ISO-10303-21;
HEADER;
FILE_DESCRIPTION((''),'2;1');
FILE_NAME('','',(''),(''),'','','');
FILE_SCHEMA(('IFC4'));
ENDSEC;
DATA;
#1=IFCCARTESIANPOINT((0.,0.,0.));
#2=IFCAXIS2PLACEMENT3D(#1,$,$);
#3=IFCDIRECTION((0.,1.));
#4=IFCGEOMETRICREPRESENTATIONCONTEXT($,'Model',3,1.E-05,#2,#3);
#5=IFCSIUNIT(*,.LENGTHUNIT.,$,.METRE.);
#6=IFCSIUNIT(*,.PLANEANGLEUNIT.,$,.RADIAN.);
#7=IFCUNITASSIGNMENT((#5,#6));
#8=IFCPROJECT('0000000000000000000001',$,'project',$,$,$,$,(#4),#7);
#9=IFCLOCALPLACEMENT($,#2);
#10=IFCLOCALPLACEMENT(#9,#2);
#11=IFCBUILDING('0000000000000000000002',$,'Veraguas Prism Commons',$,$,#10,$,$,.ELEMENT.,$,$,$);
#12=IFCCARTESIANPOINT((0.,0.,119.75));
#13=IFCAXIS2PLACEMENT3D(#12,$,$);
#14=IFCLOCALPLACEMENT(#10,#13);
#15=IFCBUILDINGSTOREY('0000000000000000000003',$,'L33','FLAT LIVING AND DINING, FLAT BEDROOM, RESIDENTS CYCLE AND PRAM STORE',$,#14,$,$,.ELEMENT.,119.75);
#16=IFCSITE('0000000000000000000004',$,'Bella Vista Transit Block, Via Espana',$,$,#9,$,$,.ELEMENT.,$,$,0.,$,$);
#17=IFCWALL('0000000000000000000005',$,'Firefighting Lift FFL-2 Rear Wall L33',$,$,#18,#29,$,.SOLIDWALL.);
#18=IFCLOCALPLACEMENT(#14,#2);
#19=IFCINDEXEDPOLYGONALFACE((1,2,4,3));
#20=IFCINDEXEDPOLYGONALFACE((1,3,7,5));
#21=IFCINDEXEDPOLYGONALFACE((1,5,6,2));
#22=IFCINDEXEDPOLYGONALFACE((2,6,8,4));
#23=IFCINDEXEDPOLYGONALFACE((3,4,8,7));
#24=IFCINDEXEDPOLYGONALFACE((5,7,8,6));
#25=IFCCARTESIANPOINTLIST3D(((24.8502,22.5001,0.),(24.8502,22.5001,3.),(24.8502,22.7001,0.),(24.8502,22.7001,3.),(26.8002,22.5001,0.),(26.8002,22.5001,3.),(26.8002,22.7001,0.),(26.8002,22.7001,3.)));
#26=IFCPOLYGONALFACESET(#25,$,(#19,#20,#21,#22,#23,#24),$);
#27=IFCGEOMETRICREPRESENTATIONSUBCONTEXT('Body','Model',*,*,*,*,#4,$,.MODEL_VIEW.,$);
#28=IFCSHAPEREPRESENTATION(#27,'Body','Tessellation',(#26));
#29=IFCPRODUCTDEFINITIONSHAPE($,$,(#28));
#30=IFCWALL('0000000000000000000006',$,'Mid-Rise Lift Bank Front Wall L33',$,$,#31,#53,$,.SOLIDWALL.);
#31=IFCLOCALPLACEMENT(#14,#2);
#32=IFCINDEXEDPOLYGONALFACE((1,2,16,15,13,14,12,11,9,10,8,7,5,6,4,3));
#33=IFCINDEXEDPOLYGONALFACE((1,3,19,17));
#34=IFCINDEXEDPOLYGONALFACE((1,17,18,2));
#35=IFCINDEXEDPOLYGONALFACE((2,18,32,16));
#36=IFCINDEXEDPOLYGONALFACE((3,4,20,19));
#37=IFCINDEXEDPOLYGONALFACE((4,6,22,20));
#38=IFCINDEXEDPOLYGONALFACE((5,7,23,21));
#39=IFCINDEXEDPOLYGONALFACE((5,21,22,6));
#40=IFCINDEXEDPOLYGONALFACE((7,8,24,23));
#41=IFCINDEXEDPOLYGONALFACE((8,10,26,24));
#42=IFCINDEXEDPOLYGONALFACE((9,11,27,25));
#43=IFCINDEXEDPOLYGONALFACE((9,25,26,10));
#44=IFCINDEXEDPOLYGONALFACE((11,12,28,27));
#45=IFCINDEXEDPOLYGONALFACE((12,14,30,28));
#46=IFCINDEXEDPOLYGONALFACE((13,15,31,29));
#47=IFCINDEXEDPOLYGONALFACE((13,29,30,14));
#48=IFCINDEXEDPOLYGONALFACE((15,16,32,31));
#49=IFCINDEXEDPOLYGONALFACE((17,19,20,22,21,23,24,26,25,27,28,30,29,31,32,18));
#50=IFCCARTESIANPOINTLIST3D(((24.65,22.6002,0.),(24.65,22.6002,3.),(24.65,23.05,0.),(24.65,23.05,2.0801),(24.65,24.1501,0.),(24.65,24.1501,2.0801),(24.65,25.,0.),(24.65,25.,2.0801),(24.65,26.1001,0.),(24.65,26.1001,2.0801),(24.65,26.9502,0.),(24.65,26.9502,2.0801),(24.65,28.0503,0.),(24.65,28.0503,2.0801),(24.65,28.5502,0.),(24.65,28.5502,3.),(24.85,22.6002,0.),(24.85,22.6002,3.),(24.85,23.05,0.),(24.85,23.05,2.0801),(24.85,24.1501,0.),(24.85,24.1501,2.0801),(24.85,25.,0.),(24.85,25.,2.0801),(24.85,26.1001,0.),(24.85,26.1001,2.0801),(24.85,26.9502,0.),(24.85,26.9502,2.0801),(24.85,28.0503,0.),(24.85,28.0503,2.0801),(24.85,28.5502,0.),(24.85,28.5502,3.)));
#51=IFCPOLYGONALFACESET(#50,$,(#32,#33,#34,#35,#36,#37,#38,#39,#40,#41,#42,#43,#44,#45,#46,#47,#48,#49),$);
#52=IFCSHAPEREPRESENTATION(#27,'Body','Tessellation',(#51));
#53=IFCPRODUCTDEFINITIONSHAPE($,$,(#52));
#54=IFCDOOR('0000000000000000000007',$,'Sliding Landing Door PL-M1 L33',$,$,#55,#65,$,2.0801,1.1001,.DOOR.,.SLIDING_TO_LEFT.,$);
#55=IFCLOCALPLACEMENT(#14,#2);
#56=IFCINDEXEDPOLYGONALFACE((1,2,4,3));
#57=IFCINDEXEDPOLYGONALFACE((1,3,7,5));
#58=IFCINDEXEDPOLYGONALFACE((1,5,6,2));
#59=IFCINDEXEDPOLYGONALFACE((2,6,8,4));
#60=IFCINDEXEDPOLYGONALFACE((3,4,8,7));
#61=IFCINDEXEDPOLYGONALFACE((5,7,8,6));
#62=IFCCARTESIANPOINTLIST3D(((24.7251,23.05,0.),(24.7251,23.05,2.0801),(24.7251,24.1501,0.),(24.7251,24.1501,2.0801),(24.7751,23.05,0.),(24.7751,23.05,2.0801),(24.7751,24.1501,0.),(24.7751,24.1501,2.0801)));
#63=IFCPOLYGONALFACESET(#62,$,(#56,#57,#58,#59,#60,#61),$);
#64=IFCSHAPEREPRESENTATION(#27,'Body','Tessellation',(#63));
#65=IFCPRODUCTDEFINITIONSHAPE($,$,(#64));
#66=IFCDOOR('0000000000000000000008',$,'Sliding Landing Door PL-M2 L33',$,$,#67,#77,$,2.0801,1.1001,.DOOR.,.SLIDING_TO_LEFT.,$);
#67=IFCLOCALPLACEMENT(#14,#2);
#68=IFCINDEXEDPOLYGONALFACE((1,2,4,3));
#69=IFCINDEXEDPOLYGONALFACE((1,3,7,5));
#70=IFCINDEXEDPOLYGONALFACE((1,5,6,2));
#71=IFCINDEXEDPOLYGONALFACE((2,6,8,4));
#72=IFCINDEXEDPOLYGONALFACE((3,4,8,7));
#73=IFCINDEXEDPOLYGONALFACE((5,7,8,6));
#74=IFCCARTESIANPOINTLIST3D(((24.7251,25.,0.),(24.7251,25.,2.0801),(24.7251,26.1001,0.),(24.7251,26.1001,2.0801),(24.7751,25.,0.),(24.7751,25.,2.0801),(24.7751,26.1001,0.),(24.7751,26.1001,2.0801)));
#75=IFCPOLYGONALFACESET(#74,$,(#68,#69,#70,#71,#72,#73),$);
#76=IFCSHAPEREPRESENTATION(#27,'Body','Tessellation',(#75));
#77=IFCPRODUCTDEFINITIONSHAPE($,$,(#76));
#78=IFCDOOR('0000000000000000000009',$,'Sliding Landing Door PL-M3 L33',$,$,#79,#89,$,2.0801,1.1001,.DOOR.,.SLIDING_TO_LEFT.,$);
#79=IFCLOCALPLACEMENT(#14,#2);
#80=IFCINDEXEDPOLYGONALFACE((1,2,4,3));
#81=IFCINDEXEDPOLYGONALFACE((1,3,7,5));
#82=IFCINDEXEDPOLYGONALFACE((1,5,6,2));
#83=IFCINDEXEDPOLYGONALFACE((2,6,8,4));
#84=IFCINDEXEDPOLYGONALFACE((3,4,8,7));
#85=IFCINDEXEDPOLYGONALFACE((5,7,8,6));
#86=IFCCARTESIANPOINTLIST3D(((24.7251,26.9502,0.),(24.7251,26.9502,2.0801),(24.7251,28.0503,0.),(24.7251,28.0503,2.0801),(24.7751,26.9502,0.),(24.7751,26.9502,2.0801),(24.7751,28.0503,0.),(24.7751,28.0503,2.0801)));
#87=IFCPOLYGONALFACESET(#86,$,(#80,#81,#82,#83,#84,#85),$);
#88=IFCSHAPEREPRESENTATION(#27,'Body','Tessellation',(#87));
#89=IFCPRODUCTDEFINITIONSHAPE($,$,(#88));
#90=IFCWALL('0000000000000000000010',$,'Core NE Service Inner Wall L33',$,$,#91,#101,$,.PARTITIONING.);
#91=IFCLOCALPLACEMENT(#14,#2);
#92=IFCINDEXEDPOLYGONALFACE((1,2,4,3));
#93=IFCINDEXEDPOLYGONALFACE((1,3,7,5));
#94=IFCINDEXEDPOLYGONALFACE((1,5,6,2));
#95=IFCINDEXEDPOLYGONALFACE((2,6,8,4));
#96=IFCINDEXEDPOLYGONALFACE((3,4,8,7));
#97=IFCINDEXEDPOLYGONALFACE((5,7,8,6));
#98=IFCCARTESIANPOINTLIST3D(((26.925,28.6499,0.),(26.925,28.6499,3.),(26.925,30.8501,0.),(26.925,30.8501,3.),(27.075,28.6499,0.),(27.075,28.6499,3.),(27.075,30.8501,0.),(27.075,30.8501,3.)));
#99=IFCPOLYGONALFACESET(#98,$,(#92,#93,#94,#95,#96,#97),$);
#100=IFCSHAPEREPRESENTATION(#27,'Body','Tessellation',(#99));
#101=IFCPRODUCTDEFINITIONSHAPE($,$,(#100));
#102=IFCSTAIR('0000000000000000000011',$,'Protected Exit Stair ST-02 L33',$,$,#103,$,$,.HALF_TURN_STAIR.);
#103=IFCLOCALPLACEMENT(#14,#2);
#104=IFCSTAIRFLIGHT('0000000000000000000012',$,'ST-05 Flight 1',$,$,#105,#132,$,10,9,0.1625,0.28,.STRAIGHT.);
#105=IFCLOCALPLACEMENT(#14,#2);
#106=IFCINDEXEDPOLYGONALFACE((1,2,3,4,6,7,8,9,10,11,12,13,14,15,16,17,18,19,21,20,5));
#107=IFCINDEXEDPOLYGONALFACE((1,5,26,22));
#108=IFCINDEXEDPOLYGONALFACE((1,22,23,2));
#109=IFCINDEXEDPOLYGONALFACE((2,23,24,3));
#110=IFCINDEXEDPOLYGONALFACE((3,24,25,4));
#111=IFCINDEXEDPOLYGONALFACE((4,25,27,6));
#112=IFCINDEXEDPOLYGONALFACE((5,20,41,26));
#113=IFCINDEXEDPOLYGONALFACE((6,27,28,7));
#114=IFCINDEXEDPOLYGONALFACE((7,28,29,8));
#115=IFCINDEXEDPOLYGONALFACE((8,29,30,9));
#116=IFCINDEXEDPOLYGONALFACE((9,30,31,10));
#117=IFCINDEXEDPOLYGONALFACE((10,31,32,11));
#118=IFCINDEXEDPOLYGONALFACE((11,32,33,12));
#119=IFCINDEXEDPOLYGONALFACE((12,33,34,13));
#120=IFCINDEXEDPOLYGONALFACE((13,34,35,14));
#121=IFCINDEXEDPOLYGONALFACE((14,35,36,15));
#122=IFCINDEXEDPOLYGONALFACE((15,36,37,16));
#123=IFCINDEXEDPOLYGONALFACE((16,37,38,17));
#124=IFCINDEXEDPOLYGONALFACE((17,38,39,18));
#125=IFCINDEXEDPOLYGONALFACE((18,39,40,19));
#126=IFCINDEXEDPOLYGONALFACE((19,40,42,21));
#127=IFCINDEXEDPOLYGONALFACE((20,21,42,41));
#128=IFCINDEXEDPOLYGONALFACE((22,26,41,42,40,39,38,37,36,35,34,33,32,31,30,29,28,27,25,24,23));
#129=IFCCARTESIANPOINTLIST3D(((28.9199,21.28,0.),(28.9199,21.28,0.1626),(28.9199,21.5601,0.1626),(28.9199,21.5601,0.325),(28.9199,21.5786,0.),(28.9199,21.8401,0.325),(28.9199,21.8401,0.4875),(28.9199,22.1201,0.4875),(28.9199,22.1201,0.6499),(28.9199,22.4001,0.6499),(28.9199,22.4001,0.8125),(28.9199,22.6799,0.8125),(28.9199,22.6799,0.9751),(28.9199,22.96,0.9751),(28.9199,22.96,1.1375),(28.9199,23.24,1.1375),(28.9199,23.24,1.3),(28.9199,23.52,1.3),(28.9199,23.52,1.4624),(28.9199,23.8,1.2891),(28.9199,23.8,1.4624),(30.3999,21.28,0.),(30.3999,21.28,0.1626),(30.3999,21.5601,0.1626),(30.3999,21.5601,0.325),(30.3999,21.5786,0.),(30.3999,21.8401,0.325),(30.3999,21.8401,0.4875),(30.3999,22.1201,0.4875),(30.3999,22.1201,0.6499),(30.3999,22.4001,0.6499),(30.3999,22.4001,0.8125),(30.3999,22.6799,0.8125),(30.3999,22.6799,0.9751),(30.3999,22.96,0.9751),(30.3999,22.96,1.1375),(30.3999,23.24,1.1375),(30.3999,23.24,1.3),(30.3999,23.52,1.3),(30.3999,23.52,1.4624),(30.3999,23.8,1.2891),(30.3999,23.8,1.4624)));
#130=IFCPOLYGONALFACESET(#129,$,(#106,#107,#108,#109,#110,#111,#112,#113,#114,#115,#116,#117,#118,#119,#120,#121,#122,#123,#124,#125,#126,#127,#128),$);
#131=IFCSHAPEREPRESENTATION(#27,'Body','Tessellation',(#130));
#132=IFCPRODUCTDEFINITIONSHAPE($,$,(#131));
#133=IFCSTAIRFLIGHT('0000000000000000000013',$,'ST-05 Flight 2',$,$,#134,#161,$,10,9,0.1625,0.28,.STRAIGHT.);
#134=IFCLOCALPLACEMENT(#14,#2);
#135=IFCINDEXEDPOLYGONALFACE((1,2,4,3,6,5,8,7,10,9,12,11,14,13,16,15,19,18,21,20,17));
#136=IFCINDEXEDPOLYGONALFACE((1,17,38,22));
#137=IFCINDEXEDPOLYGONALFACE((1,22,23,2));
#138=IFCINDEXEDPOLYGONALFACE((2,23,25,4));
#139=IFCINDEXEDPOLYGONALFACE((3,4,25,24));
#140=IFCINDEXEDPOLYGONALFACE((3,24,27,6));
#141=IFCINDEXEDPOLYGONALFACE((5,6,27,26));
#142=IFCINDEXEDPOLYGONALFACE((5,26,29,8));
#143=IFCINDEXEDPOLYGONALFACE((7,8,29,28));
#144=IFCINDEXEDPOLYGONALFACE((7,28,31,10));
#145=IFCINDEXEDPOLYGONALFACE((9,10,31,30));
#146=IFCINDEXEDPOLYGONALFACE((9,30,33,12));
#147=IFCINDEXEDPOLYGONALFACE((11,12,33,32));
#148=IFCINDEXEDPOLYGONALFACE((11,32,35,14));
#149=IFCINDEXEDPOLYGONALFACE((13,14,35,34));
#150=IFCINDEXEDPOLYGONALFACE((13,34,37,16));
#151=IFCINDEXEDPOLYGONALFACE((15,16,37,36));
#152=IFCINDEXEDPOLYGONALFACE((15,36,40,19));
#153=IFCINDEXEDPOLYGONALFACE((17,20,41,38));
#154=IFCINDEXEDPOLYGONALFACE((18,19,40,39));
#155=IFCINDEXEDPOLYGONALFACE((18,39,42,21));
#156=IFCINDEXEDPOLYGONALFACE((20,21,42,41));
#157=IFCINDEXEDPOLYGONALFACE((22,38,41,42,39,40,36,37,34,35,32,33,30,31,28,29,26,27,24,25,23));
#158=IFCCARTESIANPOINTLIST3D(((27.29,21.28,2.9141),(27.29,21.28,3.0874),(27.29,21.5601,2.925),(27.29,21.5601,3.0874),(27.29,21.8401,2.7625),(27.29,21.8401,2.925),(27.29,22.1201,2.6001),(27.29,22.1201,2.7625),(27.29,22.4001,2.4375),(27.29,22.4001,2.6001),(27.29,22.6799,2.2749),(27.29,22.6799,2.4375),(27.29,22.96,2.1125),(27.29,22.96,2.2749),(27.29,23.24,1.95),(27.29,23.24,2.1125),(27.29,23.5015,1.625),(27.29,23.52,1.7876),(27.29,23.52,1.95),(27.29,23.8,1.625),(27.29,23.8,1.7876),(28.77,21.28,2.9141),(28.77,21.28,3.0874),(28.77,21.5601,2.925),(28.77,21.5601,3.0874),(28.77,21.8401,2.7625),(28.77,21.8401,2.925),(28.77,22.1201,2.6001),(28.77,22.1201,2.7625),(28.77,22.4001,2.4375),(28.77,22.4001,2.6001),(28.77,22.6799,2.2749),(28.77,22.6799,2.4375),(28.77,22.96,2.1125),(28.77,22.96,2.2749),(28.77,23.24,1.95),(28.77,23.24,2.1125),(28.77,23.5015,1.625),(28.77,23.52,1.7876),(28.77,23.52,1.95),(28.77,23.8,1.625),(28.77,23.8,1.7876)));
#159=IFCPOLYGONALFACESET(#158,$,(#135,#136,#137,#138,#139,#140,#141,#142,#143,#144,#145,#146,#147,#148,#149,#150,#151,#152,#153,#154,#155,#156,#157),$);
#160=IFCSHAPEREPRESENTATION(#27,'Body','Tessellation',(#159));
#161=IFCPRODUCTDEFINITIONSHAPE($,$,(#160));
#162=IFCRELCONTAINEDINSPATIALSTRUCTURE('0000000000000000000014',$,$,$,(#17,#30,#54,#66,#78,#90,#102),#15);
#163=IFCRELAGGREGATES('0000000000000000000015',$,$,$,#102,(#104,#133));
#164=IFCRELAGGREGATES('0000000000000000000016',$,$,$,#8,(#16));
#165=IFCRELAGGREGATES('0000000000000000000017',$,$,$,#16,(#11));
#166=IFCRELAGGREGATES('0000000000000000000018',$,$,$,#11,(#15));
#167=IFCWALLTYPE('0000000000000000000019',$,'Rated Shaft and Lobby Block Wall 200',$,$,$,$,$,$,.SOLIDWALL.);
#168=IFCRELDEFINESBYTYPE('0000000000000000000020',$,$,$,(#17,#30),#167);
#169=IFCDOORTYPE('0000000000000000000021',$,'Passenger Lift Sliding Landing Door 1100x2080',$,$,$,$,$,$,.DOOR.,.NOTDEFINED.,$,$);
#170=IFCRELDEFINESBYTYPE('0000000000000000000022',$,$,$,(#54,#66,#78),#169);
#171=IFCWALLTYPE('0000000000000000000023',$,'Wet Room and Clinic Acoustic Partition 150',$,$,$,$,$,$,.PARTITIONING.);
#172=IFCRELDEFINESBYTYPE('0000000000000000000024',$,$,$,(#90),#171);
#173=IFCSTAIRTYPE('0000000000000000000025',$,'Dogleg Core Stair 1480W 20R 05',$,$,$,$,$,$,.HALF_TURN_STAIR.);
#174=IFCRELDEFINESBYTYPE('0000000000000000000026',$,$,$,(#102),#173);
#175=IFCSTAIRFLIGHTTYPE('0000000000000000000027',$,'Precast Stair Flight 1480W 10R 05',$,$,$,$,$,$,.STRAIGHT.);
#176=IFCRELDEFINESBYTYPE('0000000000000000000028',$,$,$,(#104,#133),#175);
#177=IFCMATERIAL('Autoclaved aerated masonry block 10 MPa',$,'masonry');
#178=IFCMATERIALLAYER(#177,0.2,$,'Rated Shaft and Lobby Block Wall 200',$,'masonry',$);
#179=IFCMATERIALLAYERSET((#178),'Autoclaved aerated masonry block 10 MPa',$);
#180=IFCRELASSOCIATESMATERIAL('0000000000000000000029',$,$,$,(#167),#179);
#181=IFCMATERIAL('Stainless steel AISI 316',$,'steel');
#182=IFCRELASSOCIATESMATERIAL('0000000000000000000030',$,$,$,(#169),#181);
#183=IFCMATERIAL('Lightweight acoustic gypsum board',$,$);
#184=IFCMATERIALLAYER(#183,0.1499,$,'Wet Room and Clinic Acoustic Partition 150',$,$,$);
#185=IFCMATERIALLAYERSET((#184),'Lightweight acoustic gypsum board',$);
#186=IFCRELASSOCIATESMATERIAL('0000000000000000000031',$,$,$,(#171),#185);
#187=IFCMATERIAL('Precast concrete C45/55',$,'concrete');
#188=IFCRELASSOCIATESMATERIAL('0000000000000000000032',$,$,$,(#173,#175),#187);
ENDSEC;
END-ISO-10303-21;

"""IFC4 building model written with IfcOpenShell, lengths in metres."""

from ifc_helpers import new_model, si_unit, direction, frame, frame_2d, origin, place, context, subcontext, project, spatial, polyline, rectangle, outline, extrude, source, transform, mapped, material, layer, layer_set, type_object, element, fill, aggregate, save


model = new_model("IFC4")

# Units and contexts
model_context = context("Model", 3, precision=1e-05, world=origin(), true_north=direction((0.0, 1.0)))
body_context = subcontext(model_context, "Body", "Model", "MODEL_VIEW")
ifc_project = project(units=[si_unit("LENGTHUNIT", "METRE"), si_unit("PLANEANGLEUNIT", "RADIAN")], contexts=[model_context])

# Site, building, storey
site_placement = place(None, origin())
site = spatial("IfcSite", under=ifc_project, at=site_placement, Name="Bella Vista Transit Block, Via Espana", CompositionType="ELEMENT", RefElevation=0.0)
building_placement = place(site_placement, origin())
building = spatial("IfcBuilding", under=site, at=building_placement, Name="Veraguas Prism Commons", CompositionType="ELEMENT")
storey_placement = place(building_placement, frame((0.0, 0.0, 119.75)))
storey = spatial("IfcBuildingStorey", under=building, at=storey_placement, Name="L33", Description="FLAT LIVING AND DINING, FLAT BEDROOM, RESIDENTS CYCLE AND PRAM STORE", CompositionType="ELEMENT", Elevation=119.75)

# Shared definitions
ifc_material_1 = material(Name="Autoclaved aerated masonry block 10 MPa", Category="masonry")

# Wall
ifc_material_2 = material(Name="Lightweight acoustic gypsum board")
ifc_layer_1 = layer(ifc_material_1, 0.2, Name="Rated Shaft and Lobby Block Wall 200", Category="masonry")
ifc_layer_set_1 = layer_set([ifc_layer_1], Name="Autoclaved aerated masonry block 10 MPa")
wall_type_1 = type_object("IfcWallType", Name="Rated Shaft and Lobby Block Wall 200", PredefinedType="SOLIDWALL", material=ifc_layer_set_1)
wall_1_placement = place(storey_placement, frame((24.8501, 22.6001, 0.0), z_axis=(0.0, 0.0, 1.0), x_axis=(1.0, 0.0, 0.0)))
element("IfcWall", 1, at=wall_1_placement, inside=storey, type_object=wall_type_1, Name="Firefighting Lift FFL-2 Rear Wall L33", PredefinedType="SOLIDWALL", context=body_context, shape_type="SweptSolid", body=[
    extrude(rectangle(XDim=1.95, YDim=0.2, at=frame_2d((0.9751, 0.0))), origin(), (0.0, 0.0, 1.0), 3.0),
])

# Wall, openings, doors
wall_2_placement = place(storey_placement, frame((24.75, 22.6001, 0.0), z_axis=(0.0, 0.0, 1.0), x_axis=(0.0, 1.0, 0.0)))
wall_2 = element("IfcWall", 2, at=wall_2_placement, inside=storey, type_object=wall_type_1, Name="Mid-Rise Lift Bank Front Wall L33", PredefinedType="SOLIDWALL", context=body_context, shape_type="SweptSolid", body=[
    extrude(rectangle(XDim=5.95, YDim=0.2, at=frame_2d((2.9751, 0.0))), origin(), (0.0, 0.0, 1.0), 3.0),
])
opening_1_placement = place(wall_2_placement, frame((0.45, 0.0, 0.0)))
opening_1 = element("IfcOpeningElement", 3, at=opening_1_placement, cuts=wall_2, PredefinedType="OPENING", context=body_context, shape_type="SweptSolid", body=[
    extrude(rectangle(XDim=1.1001, YDim=2.0801, at=frame_2d((0.55, 1.04))), frame((0.0, 0.1099, 0.0), z_axis=(0.0, -1.0, 0.0), x_axis=(1.0, 0.0, 0.0)), (0.0, 0.0, 1.0), 0.22),
])
opening_2_placement = place(wall_2_placement, frame((2.3999, 0.0, 0.0)))
opening_2 = element("IfcOpeningElement", 4, at=opening_2_placement, cuts=wall_2, PredefinedType="OPENING", context=body_context, shape_type="SweptSolid", body=[
    extrude(rectangle(XDim=1.1001, YDim=2.0801, at=frame_2d((0.55, 1.04))), frame((0.0, 0.1099, 0.0), z_axis=(0.0, -1.0, 0.0), x_axis=(1.0, 0.0, 0.0)), (0.0, 0.0, 1.0), 0.22),
])
opening_3_placement = place(wall_2_placement, frame((4.3501, 0.0, 0.0)))
opening_3 = element("IfcOpeningElement", 5, at=opening_3_placement, cuts=wall_2, PredefinedType="OPENING", context=body_context, shape_type="SweptSolid", body=[
    extrude(rectangle(XDim=1.1001, YDim=2.0801, at=frame_2d((0.55, 1.04))), frame((0.0, 0.1099, 0.0), z_axis=(0.0, -1.0, 0.0), x_axis=(1.0, 0.0, 0.0)), (0.0, 0.0, 1.0), 0.22),
])
ifc_material_3 = material(Name="Stainless steel AISI 316", Category="steel")
door_type_1 = type_object("IfcDoorType", Name="Passenger Lift Sliding Landing Door 1100x2080", OperationType="NOTDEFINED", PredefinedType="DOOR", material=ifc_material_3)
shared_shape_1 = source(origin(), body_context, "Body", "SweptSolid", [
    extrude(rectangle(XDim=1.1001, YDim=2.0801, at=frame_2d((0.55, 1.04))), frame((0.0, 0.0249, 0.0), z_axis=(0.0, -1.0, 0.0), x_axis=(1.0, 0.0, 0.0)), (0.0, 0.0, 1.0), 0.05),
])
door_1_placement = place(opening_1_placement, origin())
door_1 = element("IfcDoor", 6, at=door_1_placement, inside=storey, type_object=door_type_1, Name="Sliding Landing Door PL-M1 L33", OperationType="SLIDING_TO_LEFT", OverallHeight=2.0801, OverallWidth=1.1001, PredefinedType="DOOR", context=body_context, shape_type="MappedRepresentation", body=[
    mapped(shared_shape_1, transform((0.0, 0.0, 0.0), scale=1.0)),
])
fill(opening_1, door_1)
door_2_placement = place(opening_2_placement, origin())
door_2 = element("IfcDoor", 7, at=door_2_placement, inside=storey, type_object=door_type_1, Name="Sliding Landing Door PL-M2 L33", OperationType="SLIDING_TO_LEFT", OverallHeight=2.0801, OverallWidth=1.1001, PredefinedType="DOOR", context=body_context, shape_type="MappedRepresentation", body=[
    mapped(shared_shape_1, transform((0.0, 0.0, 0.0), scale=1.0)),
])
fill(opening_2, door_2)
door_3_placement = place(opening_3_placement, origin())
door_3 = element("IfcDoor", 8, at=door_3_placement, inside=storey, type_object=door_type_1, Name="Sliding Landing Door PL-M3 L33", OperationType="SLIDING_TO_LEFT", OverallHeight=2.0801, OverallWidth=1.1001, PredefinedType="DOOR", context=body_context, shape_type="MappedRepresentation", body=[
    mapped(shared_shape_1, transform((0.0, 0.0, 0.0), scale=1.0)),
])
fill(opening_3, door_3)

# Wall
ifc_layer_2 = layer(ifc_material_2, 0.1499, Name="Wet Room and Clinic Acoustic Partition 150")
ifc_layer_set_2 = layer_set([ifc_layer_2], Name="Lightweight acoustic gypsum board")
wall_type_2 = type_object("IfcWallType", Name="Wet Room and Clinic Acoustic Partition 150", PredefinedType="PARTITIONING", material=ifc_layer_set_2)
wall_3_placement = place(storey_placement, frame((27.0, 28.6499, 0.0), z_axis=(0.0, 0.0, 1.0), x_axis=(0.0, 1.0, 0.0)))
element("IfcWall", 9, at=wall_3_placement, inside=storey, type_object=wall_type_2, Name="Core NE Service Inner Wall L33", PredefinedType="PARTITIONING", context=body_context, shape_type="SweptSolid", body=[
    extrude(rectangle(XDim=2.2002, YDim=0.1499, at=frame_2d((1.1001, 0.0))), origin(), (0.0, 0.0, 1.0), 3.0),
])

# Stair, stair flights
ifc_material_4 = material(Name="Precast concrete C45/55", Category="concrete")
stair_type = type_object("IfcStairType", Name="Dogleg Core Stair 1480W 20R 05", PredefinedType="HALF_TURN_STAIR", material=ifc_material_4)
stair_placement = place(storey_placement, origin())
stair = element("IfcStair", 10, at=stair_placement, inside=storey, type_object=stair_type, Name="Protected Exit Stair ST-02 L33", PredefinedType="HALF_TURN_STAIR")
stair_flight_type = type_object("IfcStairFlightType", Name="Precast Stair Flight 1480W 10R 05", PredefinedType="STRAIGHT", material=ifc_material_4)
stair_flight_1_placement = place(storey_placement, frame((29.6599, 21.28, 0.0), z_axis=(0.0, 0.0, 1.0), x_axis=(0.0, 1.0, 0.0)))
stair_flight_1 = element("IfcStairFlight", 11, at=stair_flight_1_placement, type_object=stair_flight_type, Name="ST-05 Flight 1", NumberOfRisers=10, NumberOfTreads=9, PredefinedType="STRAIGHT", RiserHeight=0.1625, TreadLength=0.28, context=body_context, shape_type="SweptSolid", body=[
    extrude(outline(polyline([(0.0, 0.0), (0.0, 0.1626), (0.28, 0.1626), (0.28, 0.325), (0.5601, 0.325), (0.5601, 0.4875), (0.8401, 0.4875), (0.8401, 0.6499), (1.1201, 0.6499), (1.1201, 0.8125), (1.3999, 0.8125), (1.3999, 0.9751), (1.6799, 0.9751), (1.6799, 1.1375), (1.96, 1.1375), (1.96, 1.3), (2.24, 1.3), (2.24, 1.4624), (2.52, 1.4624), (2.52, 1.625), (2.52, 1.2891), (0.2986, 0.0), (0.0, 0.0)])), frame((0.0, 0.74, 0.0), z_axis=(0.0, -1.0, 0.0), x_axis=(1.0, 0.0, 0.0)), (0.0, 0.0, 1.0), 1.48),
])
stair_flight_2_placement = place(storey_placement, frame((28.03, 23.8, 1.625), z_axis=(0.0, 0.0, 1.0), x_axis=(0.0, -1.0, 0.0)))
stair_flight_2 = element("IfcStairFlight", 12, at=stair_flight_2_placement, type_object=stair_flight_type, Name="ST-05 Flight 2", NumberOfRisers=10, NumberOfTreads=9, PredefinedType="STRAIGHT", RiserHeight=0.1625, TreadLength=0.28, context=body_context, shape_type="SweptSolid", body=[
    extrude(outline(polyline([(0.0, 0.0), (0.0, 0.1626), (0.28, 0.1626), (0.28, 0.325), (0.5601, 0.325), (0.5601, 0.4875), (0.8401, 0.4875), (0.8401, 0.6499), (1.1201, 0.6499), (1.1201, 0.8125), (1.3999, 0.8125), (1.3999, 0.9751), (1.6799, 0.9751), (1.6799, 1.1375), (1.96, 1.1375), (1.96, 1.3), (2.24, 1.3), (2.24, 1.4624), (2.52, 1.4624), (2.52, 1.625), (2.52, 1.2891), (0.2986, 0.0), (0.0, 0.0)])), frame((0.0, 0.74, 0.0), z_axis=(0.0, -1.0, 0.0), x_axis=(1.0, 0.0, 0.0)), (0.0, 0.0, 1.0), 1.48),
])
aggregate(stair, [stair_flight_1, stair_flight_2])

save(model, "model.ifc")
